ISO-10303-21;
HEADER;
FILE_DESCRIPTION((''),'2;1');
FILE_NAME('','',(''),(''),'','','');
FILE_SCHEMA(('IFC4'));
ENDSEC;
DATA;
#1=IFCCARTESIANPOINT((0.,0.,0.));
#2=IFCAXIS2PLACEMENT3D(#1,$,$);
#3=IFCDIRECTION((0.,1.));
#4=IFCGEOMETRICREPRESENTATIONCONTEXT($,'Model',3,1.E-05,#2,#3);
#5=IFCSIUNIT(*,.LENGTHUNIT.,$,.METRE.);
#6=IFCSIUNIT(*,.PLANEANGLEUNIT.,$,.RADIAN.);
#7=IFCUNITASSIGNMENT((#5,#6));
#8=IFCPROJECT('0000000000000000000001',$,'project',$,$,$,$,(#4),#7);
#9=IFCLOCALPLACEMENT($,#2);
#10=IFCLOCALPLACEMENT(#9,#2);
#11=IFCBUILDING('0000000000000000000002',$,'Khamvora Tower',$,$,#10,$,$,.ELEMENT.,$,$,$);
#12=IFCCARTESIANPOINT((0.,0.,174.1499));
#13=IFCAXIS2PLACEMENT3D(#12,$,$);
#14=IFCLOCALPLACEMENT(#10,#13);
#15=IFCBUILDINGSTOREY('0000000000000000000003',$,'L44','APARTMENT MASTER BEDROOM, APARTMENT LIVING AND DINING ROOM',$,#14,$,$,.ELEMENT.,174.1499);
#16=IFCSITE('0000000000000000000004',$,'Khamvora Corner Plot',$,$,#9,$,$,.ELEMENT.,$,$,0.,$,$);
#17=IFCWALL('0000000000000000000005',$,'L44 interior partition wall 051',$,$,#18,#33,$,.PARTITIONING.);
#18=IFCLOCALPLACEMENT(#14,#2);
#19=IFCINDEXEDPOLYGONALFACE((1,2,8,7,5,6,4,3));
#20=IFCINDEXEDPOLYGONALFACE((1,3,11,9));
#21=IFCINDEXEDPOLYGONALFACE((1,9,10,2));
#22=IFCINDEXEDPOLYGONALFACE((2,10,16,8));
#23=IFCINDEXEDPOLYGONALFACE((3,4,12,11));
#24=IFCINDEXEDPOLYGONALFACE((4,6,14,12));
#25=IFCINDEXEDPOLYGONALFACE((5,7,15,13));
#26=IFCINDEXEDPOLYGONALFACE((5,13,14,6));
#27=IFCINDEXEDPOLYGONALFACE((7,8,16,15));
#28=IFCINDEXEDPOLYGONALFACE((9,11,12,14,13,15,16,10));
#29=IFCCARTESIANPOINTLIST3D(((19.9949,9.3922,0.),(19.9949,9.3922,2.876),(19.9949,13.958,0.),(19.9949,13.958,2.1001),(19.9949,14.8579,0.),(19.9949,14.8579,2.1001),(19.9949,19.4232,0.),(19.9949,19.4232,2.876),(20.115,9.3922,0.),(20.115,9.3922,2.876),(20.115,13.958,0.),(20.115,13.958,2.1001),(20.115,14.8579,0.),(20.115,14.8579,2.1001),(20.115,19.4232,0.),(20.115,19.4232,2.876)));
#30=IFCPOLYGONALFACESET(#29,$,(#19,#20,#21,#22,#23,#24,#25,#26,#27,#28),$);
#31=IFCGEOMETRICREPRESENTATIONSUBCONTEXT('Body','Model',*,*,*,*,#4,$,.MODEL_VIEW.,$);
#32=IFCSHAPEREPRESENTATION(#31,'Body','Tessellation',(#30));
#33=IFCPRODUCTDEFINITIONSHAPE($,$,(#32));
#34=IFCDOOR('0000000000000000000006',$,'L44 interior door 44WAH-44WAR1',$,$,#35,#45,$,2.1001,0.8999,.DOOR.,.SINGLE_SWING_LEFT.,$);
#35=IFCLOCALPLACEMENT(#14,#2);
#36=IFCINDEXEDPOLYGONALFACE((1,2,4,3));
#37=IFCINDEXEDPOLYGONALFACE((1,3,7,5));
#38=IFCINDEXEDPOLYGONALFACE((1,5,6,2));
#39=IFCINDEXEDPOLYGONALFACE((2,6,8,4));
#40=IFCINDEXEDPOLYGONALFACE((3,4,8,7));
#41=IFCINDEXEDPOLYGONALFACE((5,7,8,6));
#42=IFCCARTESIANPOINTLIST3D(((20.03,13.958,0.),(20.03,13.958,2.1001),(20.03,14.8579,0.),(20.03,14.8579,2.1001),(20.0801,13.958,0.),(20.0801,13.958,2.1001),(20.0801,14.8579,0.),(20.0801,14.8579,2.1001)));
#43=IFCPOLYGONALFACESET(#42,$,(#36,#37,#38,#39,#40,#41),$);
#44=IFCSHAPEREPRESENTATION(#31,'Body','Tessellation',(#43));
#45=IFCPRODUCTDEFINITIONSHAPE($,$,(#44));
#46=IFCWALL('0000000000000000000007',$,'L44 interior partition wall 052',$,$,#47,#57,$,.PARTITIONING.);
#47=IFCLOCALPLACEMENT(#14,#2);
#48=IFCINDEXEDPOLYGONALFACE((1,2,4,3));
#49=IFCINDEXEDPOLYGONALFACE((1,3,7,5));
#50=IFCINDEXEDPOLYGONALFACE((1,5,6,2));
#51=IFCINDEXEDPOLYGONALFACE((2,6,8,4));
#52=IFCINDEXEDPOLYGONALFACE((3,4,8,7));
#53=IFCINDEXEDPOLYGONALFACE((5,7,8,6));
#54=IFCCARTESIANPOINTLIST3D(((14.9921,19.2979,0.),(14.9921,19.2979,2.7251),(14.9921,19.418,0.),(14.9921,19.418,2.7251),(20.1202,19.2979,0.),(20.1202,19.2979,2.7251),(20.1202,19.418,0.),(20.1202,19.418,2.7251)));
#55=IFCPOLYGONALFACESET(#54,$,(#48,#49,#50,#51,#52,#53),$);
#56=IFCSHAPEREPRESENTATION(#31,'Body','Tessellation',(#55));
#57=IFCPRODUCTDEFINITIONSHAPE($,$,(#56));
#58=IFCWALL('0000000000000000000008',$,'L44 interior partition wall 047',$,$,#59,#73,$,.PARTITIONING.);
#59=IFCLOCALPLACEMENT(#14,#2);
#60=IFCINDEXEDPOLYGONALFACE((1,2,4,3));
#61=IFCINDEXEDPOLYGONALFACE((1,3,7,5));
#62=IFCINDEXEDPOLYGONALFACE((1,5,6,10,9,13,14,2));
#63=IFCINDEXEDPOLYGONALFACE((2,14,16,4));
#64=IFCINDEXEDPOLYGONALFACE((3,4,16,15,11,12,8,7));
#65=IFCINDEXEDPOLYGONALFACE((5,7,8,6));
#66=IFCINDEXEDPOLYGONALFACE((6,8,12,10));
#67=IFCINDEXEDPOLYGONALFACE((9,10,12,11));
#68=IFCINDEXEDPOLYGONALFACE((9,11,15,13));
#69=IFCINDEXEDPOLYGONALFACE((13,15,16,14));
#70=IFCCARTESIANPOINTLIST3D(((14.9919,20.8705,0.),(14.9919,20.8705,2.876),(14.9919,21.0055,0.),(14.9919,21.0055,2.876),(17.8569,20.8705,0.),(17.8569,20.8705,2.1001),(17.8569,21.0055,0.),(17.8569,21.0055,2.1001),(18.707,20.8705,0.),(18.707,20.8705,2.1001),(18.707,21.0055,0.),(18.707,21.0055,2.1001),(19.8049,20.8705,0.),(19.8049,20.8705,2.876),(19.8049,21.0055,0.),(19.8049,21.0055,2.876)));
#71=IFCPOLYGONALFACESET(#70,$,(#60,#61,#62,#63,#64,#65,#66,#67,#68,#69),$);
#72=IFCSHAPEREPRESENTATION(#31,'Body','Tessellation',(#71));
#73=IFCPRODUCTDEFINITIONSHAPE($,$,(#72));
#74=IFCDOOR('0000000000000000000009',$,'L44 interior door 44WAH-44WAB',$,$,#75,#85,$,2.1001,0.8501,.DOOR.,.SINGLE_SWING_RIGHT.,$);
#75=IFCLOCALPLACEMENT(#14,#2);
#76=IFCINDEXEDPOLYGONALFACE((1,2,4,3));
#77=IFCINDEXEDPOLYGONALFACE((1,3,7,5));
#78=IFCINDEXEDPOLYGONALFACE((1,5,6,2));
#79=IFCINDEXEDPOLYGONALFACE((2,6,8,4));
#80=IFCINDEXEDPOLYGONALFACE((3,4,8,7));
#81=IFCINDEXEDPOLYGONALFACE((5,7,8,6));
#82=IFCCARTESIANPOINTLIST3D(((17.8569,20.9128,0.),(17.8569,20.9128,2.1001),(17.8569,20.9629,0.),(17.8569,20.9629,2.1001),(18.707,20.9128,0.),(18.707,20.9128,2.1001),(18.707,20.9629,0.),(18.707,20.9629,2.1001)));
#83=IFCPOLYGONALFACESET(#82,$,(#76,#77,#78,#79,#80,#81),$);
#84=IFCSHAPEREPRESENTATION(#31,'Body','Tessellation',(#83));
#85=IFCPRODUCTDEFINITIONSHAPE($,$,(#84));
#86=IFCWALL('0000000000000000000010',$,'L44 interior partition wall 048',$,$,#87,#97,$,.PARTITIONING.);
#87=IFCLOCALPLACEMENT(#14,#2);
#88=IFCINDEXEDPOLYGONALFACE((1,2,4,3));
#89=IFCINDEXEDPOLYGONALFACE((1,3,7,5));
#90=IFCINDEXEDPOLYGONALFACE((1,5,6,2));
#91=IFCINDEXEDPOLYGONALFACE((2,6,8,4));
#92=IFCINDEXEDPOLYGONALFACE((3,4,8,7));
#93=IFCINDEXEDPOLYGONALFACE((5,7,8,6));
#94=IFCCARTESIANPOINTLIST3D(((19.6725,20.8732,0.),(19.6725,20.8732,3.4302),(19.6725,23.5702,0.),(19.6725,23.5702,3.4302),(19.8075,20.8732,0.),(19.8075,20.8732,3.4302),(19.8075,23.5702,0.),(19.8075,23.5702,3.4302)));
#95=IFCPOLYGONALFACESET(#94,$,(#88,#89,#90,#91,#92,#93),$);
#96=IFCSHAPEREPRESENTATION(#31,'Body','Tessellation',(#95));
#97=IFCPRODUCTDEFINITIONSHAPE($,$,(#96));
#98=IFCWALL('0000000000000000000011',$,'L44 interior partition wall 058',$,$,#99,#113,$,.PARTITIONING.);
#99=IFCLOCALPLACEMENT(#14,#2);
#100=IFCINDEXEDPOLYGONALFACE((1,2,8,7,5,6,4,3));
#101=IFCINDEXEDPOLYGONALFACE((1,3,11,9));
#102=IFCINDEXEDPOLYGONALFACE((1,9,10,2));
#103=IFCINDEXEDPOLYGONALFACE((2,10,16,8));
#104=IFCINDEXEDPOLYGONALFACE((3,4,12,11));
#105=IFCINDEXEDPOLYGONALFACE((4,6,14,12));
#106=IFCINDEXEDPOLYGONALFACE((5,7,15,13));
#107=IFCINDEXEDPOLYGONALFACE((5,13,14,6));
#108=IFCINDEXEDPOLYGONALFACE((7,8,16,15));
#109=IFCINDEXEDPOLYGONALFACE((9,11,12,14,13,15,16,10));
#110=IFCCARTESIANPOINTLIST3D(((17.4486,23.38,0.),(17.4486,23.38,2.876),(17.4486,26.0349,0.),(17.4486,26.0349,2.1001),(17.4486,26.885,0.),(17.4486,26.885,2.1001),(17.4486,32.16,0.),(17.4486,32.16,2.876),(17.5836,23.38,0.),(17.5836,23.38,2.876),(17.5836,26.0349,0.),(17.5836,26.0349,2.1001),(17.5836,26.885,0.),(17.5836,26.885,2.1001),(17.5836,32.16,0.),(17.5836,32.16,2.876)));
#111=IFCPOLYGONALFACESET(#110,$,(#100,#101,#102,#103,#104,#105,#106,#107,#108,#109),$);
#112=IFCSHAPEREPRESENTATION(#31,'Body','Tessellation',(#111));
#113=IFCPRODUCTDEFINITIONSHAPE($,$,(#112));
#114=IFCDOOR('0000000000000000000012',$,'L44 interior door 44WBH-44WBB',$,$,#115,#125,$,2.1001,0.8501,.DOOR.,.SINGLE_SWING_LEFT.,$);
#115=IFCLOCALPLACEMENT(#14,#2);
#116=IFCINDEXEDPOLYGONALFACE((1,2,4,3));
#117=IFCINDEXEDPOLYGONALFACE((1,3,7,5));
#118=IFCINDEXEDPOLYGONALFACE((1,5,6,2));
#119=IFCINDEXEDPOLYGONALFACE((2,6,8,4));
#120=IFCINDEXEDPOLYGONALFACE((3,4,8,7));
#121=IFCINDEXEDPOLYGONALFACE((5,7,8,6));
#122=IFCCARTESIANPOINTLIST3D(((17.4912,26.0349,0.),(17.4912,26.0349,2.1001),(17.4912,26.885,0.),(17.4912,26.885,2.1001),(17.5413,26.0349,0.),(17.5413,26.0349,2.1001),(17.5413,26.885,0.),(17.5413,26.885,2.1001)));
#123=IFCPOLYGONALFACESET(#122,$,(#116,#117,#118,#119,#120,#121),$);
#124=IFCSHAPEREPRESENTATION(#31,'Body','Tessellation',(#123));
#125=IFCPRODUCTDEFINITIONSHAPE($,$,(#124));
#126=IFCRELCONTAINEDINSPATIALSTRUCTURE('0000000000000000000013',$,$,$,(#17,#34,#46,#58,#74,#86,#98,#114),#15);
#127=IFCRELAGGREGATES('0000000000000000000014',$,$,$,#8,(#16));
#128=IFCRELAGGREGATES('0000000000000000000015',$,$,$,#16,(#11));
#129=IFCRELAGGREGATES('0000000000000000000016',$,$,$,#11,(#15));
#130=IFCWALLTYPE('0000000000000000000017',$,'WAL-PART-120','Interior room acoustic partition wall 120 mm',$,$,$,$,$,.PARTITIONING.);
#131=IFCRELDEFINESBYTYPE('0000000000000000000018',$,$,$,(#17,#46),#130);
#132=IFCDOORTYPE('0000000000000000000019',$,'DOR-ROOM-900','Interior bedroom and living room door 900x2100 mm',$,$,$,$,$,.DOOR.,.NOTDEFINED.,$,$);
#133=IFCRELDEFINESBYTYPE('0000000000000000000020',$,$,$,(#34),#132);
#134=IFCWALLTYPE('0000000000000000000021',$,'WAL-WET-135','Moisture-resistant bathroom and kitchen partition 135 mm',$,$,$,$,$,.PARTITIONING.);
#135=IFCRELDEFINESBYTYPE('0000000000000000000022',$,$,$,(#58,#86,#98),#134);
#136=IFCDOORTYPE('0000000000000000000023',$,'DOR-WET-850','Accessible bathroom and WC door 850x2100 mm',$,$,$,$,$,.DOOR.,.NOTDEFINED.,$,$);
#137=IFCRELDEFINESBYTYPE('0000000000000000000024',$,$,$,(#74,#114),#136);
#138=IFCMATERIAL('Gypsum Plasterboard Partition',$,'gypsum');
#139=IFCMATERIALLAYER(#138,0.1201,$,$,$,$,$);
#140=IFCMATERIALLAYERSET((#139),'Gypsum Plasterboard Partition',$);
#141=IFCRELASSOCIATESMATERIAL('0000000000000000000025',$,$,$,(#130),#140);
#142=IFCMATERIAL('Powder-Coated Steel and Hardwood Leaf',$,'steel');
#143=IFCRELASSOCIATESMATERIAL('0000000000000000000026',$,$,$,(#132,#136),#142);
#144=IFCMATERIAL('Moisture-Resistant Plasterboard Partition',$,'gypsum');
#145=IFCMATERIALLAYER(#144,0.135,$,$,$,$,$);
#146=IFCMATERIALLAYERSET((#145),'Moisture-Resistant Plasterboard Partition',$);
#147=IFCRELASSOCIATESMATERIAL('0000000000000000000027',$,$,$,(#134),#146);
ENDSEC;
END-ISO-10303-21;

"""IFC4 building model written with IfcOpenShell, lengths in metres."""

from ifc_helpers import new_model, si_unit, direction, frame, frame_2d, origin, place, context, subcontext, project, spatial, rectangle, extrude, material, layer, layer_set, type_object, element, fill, save


model = new_model("IFC4")

# Units and contexts
model_context = context("Model", 3, precision=1e-05, world=origin(), true_north=direction((0.0, 1.0)))
body_context = subcontext(model_context, "Body", "Model", "MODEL_VIEW")
ifc_project = project(units=[si_unit("LENGTHUNIT", "METRE"), si_unit("PLANEANGLEUNIT", "RADIAN")], contexts=[model_context])

# Site, building, storey
site_placement = place(None, origin())
site = spatial("IfcSite", under=ifc_project, at=site_placement, Name="Khamvora Corner Plot", CompositionType="ELEMENT", RefElevation=0.0)
building_placement = place(site_placement, origin())
building = spatial("IfcBuilding", under=site, at=building_placement, Name="Khamvora Tower", CompositionType="ELEMENT")
storey_placement = place(building_placement, frame((0.0, 0.0, 174.1499)))
storey = spatial("IfcBuildingStorey", under=building, at=storey_placement, Name="L44", Description="APARTMENT MASTER BEDROOM, APARTMENT LIVING AND DINING ROOM", CompositionType="ELEMENT", Elevation=174.1499)

# Shared definitions
ifc_material_1 = material(Name="Powder-Coated Steel and Hardwood Leaf", Category="steel")

# Wall, opening, door
ifc_material_2 = material(Name="Gypsum Plasterboard Partition", Category="gypsum")
ifc_layer_1 = layer(ifc_material_2, 0.1201)
ifc_layer_set_1 = layer_set([ifc_layer_1], Name="Gypsum Plasterboard Partition")
wall_type_1 = type_object("IfcWallType", Name="WAL-PART-120", Description="Interior room acoustic partition wall 120 mm", PredefinedType="PARTITIONING", material=ifc_layer_set_1)
wall_1_placement = place(storey_placement, frame((20.0549, 9.3921, 0.0), z_axis=(0.0, 0.0, 1.0), x_axis=(0.0, 1.0, 0.0)))
wall_1 = element("IfcWall", 1, at=wall_1_placement, inside=storey, type_object=wall_type_1, Name="L44 interior partition wall 051", PredefinedType="PARTITIONING", context=body_context, shape_type="SweptSolid", body=[
    extrude(rectangle(XDim=10.031, YDim=0.1201, at=frame_2d((5.0156, 0.0))), origin(), (0.0, 0.0, 1.0), 2.876),
])
opening_1_placement = place(wall_1_placement, frame((4.5659, 0.0, 0.0)))
opening_1 = element("IfcOpeningElement", 2, at=opening_1_placement, cuts=wall_1, PredefinedType="OPENING", context=body_context, shape_type="SweptSolid", body=[
    extrude(rectangle(XDim=0.8999, YDim=2.1001, at=frame_2d((0.45, 1.05))), frame((0.0, 0.0701, 0.0), z_axis=(0.0, -1.0, 0.0), x_axis=(1.0, 0.0, 0.0)), (0.0, 0.0, 1.0), 0.1401),
])
door_type_1 = type_object("IfcDoorType", Name="DOR-ROOM-900", Description="Interior bedroom and living room door 900x2100 mm", OperationType="NOTDEFINED", PredefinedType="DOOR", material=ifc_material_1)
door_1_placement = place(opening_1_placement, origin())
door_1 = element("IfcDoor", 3, at=door_1_placement, inside=storey, type_object=door_type_1, Name="L44 interior door 44WAH-44WAR1", OperationType="SINGLE_SWING_LEFT", OverallHeight=2.1001, OverallWidth=0.8999, PredefinedType="DOOR", context=body_context, shape_type="SweptSolid", body=[
    extrude(rectangle(XDim=0.8999, YDim=2.1001, at=frame_2d((0.45, 1.05))), frame((0.0, 0.0249, 0.0), z_axis=(0.0, -1.0, 0.0), x_axis=(1.0, 0.0, 0.0)), (0.0, 0.0, 1.0), 0.05),
])
fill(opening_1, door_1)

# Wall
wall_2_placement = place(storey_placement, frame((20.1201, 19.3579, 0.0), z_axis=(0.0, 0.0, 1.0), x_axis=(-1.0, 0.0, 0.0)))
element("IfcWall", 4, at=wall_2_placement, inside=storey, type_object=wall_type_1, Name="L44 interior partition wall 052", PredefinedType="PARTITIONING", context=body_context, shape_type="SweptSolid", body=[
    extrude(rectangle(XDim=5.1282, YDim=0.1201, at=frame_2d((2.564, 0.0))), origin(), (0.0, 0.0, 1.0), 2.7251),
])

# Wall, opening, door
ifc_material_3 = material(Name="Moisture-Resistant Plasterboard Partition", Category="gypsum")
ifc_layer_2 = layer(ifc_material_3, 0.135)
ifc_layer_set_2 = layer_set([ifc_layer_2], Name="Moisture-Resistant Plasterboard Partition")
wall_type_2 = type_object("IfcWallType", Name="WAL-WET-135", Description="Moisture-resistant bathroom and kitchen partition 135 mm", PredefinedType="PARTITIONING", material=ifc_layer_set_2)
wall_3_placement = place(storey_placement, frame((14.9919, 20.938, 0.0), z_axis=(0.0, 0.0, 1.0), x_axis=(1.0, 0.0, 0.0)))
wall_3 = element("IfcWall", 5, at=wall_3_placement, inside=storey, type_object=wall_type_2, Name="L44 interior partition wall 047", PredefinedType="PARTITIONING", context=body_context, shape_type="SweptSolid", body=[
    extrude(rectangle(XDim=4.813, YDim=0.135, at=frame_2d((2.4065, 0.0))), origin(), (0.0, 0.0, 1.0), 2.876),
])
opening_2_placement = place(wall_3_placement, frame((2.865, 0.0, 0.0)))
opening_2 = element("IfcOpeningElement", 6, at=opening_2_placement, cuts=wall_3, PredefinedType="OPENING", context=body_context, shape_type="SweptSolid", body=[
    extrude(rectangle(XDim=0.8501, YDim=2.1001, at=frame_2d((0.425, 1.05))), frame((0.0, 0.0774, 0.0), z_axis=(0.0, -1.0, 0.0), x_axis=(1.0, 0.0, 0.0)), (0.0, 0.0, 1.0), 0.155),
])
door_type_2 = type_object("IfcDoorType", Name="DOR-WET-850", Description="Accessible bathroom and WC door 850x2100 mm", OperationType="NOTDEFINED", PredefinedType="DOOR", material=ifc_material_1)
door_2_placement = place(opening_2_placement, origin())
door_2 = element("IfcDoor", 7, at=door_2_placement, inside=storey, type_object=door_type_2, Name="L44 interior door 44WAH-44WAB", OperationType="SINGLE_SWING_RIGHT", OverallHeight=2.1001, OverallWidth=0.8501, PredefinedType="DOOR", context=body_context, shape_type="SweptSolid", body=[
    extrude(rectangle(XDim=0.8501, YDim=2.1001, at=frame_2d((0.425, 1.05))), frame((0.0, 0.0249, 0.0), z_axis=(0.0, -1.0, 0.0), x_axis=(1.0, 0.0, 0.0)), (0.0, 0.0, 1.0), 0.05),
])
fill(opening_2, door_2)

# Wall
wall_4_placement = place(storey_placement, frame((19.74, 20.873, 0.0), z_axis=(0.0, 0.0, 1.0), x_axis=(0.0, 1.0, 0.0)))
element("IfcWall", 8, at=wall_4_placement, inside=storey, type_object=wall_type_2, Name="L44 interior partition wall 048", PredefinedType="PARTITIONING", context=body_context, shape_type="SweptSolid", body=[
    extrude(rectangle(XDim=2.697, YDim=0.135, at=frame_2d((1.3486, 0.0))), origin(), (0.0, 0.0, 1.0), 3.4302),
])

# Wall, opening, door
wall_5_placement = place(storey_placement, frame((17.5161, 23.3799, 0.0), z_axis=(0.0, 0.0, 1.0), x_axis=(0.0, 1.0, 0.0)))
wall_5 = element("IfcWall", 9, at=wall_5_placement, inside=storey, type_object=wall_type_2, Name="L44 interior partition wall 058", PredefinedType="PARTITIONING", context=body_context, shape_type="SweptSolid", body=[
    extrude(rectangle(XDim=8.78, YDim=0.135, at=frame_2d((4.3901, 0.0))), origin(), (0.0, 0.0, 1.0), 2.876),
])
opening_3_placement = place(wall_5_placement, frame((2.655, 0.0, 0.0)))
opening_3 = element("IfcOpeningElement", 10, at=opening_3_placement, cuts=wall_5, PredefinedType="OPENING", context=body_context, shape_type="SweptSolid", body=[
    extrude(rectangle(XDim=0.8501, YDim=2.1001, at=frame_2d((0.425, 1.05))), frame((0.0, 0.0774, 0.0), z_axis=(0.0, -1.0, 0.0), x_axis=(1.0, 0.0, 0.0)), (0.0, 0.0, 1.0), 0.155),
])
door_3_placement = place(opening_3_placement, origin())
door_3 = element("IfcDoor", 11, at=door_3_placement, inside=storey, type_object=door_type_2, Name="L44 interior door 44WBH-44WBB", OperationType="SINGLE_SWING_LEFT", OverallHeight=2.1001, OverallWidth=0.8501, PredefinedType="DOOR", context=body_context, shape_type="SweptSolid", body=[
    extrude(rectangle(XDim=0.8501, YDim=2.1001, at=frame_2d((0.425, 1.05))), frame((0.0, 0.0249, 0.0), z_axis=(0.0, -1.0, 0.0), x_axis=(1.0, 0.0, 0.0)), (0.0, 0.0, 1.0), 0.05),
])
fill(opening_3, door_3)

save(model, "model.ifc")
